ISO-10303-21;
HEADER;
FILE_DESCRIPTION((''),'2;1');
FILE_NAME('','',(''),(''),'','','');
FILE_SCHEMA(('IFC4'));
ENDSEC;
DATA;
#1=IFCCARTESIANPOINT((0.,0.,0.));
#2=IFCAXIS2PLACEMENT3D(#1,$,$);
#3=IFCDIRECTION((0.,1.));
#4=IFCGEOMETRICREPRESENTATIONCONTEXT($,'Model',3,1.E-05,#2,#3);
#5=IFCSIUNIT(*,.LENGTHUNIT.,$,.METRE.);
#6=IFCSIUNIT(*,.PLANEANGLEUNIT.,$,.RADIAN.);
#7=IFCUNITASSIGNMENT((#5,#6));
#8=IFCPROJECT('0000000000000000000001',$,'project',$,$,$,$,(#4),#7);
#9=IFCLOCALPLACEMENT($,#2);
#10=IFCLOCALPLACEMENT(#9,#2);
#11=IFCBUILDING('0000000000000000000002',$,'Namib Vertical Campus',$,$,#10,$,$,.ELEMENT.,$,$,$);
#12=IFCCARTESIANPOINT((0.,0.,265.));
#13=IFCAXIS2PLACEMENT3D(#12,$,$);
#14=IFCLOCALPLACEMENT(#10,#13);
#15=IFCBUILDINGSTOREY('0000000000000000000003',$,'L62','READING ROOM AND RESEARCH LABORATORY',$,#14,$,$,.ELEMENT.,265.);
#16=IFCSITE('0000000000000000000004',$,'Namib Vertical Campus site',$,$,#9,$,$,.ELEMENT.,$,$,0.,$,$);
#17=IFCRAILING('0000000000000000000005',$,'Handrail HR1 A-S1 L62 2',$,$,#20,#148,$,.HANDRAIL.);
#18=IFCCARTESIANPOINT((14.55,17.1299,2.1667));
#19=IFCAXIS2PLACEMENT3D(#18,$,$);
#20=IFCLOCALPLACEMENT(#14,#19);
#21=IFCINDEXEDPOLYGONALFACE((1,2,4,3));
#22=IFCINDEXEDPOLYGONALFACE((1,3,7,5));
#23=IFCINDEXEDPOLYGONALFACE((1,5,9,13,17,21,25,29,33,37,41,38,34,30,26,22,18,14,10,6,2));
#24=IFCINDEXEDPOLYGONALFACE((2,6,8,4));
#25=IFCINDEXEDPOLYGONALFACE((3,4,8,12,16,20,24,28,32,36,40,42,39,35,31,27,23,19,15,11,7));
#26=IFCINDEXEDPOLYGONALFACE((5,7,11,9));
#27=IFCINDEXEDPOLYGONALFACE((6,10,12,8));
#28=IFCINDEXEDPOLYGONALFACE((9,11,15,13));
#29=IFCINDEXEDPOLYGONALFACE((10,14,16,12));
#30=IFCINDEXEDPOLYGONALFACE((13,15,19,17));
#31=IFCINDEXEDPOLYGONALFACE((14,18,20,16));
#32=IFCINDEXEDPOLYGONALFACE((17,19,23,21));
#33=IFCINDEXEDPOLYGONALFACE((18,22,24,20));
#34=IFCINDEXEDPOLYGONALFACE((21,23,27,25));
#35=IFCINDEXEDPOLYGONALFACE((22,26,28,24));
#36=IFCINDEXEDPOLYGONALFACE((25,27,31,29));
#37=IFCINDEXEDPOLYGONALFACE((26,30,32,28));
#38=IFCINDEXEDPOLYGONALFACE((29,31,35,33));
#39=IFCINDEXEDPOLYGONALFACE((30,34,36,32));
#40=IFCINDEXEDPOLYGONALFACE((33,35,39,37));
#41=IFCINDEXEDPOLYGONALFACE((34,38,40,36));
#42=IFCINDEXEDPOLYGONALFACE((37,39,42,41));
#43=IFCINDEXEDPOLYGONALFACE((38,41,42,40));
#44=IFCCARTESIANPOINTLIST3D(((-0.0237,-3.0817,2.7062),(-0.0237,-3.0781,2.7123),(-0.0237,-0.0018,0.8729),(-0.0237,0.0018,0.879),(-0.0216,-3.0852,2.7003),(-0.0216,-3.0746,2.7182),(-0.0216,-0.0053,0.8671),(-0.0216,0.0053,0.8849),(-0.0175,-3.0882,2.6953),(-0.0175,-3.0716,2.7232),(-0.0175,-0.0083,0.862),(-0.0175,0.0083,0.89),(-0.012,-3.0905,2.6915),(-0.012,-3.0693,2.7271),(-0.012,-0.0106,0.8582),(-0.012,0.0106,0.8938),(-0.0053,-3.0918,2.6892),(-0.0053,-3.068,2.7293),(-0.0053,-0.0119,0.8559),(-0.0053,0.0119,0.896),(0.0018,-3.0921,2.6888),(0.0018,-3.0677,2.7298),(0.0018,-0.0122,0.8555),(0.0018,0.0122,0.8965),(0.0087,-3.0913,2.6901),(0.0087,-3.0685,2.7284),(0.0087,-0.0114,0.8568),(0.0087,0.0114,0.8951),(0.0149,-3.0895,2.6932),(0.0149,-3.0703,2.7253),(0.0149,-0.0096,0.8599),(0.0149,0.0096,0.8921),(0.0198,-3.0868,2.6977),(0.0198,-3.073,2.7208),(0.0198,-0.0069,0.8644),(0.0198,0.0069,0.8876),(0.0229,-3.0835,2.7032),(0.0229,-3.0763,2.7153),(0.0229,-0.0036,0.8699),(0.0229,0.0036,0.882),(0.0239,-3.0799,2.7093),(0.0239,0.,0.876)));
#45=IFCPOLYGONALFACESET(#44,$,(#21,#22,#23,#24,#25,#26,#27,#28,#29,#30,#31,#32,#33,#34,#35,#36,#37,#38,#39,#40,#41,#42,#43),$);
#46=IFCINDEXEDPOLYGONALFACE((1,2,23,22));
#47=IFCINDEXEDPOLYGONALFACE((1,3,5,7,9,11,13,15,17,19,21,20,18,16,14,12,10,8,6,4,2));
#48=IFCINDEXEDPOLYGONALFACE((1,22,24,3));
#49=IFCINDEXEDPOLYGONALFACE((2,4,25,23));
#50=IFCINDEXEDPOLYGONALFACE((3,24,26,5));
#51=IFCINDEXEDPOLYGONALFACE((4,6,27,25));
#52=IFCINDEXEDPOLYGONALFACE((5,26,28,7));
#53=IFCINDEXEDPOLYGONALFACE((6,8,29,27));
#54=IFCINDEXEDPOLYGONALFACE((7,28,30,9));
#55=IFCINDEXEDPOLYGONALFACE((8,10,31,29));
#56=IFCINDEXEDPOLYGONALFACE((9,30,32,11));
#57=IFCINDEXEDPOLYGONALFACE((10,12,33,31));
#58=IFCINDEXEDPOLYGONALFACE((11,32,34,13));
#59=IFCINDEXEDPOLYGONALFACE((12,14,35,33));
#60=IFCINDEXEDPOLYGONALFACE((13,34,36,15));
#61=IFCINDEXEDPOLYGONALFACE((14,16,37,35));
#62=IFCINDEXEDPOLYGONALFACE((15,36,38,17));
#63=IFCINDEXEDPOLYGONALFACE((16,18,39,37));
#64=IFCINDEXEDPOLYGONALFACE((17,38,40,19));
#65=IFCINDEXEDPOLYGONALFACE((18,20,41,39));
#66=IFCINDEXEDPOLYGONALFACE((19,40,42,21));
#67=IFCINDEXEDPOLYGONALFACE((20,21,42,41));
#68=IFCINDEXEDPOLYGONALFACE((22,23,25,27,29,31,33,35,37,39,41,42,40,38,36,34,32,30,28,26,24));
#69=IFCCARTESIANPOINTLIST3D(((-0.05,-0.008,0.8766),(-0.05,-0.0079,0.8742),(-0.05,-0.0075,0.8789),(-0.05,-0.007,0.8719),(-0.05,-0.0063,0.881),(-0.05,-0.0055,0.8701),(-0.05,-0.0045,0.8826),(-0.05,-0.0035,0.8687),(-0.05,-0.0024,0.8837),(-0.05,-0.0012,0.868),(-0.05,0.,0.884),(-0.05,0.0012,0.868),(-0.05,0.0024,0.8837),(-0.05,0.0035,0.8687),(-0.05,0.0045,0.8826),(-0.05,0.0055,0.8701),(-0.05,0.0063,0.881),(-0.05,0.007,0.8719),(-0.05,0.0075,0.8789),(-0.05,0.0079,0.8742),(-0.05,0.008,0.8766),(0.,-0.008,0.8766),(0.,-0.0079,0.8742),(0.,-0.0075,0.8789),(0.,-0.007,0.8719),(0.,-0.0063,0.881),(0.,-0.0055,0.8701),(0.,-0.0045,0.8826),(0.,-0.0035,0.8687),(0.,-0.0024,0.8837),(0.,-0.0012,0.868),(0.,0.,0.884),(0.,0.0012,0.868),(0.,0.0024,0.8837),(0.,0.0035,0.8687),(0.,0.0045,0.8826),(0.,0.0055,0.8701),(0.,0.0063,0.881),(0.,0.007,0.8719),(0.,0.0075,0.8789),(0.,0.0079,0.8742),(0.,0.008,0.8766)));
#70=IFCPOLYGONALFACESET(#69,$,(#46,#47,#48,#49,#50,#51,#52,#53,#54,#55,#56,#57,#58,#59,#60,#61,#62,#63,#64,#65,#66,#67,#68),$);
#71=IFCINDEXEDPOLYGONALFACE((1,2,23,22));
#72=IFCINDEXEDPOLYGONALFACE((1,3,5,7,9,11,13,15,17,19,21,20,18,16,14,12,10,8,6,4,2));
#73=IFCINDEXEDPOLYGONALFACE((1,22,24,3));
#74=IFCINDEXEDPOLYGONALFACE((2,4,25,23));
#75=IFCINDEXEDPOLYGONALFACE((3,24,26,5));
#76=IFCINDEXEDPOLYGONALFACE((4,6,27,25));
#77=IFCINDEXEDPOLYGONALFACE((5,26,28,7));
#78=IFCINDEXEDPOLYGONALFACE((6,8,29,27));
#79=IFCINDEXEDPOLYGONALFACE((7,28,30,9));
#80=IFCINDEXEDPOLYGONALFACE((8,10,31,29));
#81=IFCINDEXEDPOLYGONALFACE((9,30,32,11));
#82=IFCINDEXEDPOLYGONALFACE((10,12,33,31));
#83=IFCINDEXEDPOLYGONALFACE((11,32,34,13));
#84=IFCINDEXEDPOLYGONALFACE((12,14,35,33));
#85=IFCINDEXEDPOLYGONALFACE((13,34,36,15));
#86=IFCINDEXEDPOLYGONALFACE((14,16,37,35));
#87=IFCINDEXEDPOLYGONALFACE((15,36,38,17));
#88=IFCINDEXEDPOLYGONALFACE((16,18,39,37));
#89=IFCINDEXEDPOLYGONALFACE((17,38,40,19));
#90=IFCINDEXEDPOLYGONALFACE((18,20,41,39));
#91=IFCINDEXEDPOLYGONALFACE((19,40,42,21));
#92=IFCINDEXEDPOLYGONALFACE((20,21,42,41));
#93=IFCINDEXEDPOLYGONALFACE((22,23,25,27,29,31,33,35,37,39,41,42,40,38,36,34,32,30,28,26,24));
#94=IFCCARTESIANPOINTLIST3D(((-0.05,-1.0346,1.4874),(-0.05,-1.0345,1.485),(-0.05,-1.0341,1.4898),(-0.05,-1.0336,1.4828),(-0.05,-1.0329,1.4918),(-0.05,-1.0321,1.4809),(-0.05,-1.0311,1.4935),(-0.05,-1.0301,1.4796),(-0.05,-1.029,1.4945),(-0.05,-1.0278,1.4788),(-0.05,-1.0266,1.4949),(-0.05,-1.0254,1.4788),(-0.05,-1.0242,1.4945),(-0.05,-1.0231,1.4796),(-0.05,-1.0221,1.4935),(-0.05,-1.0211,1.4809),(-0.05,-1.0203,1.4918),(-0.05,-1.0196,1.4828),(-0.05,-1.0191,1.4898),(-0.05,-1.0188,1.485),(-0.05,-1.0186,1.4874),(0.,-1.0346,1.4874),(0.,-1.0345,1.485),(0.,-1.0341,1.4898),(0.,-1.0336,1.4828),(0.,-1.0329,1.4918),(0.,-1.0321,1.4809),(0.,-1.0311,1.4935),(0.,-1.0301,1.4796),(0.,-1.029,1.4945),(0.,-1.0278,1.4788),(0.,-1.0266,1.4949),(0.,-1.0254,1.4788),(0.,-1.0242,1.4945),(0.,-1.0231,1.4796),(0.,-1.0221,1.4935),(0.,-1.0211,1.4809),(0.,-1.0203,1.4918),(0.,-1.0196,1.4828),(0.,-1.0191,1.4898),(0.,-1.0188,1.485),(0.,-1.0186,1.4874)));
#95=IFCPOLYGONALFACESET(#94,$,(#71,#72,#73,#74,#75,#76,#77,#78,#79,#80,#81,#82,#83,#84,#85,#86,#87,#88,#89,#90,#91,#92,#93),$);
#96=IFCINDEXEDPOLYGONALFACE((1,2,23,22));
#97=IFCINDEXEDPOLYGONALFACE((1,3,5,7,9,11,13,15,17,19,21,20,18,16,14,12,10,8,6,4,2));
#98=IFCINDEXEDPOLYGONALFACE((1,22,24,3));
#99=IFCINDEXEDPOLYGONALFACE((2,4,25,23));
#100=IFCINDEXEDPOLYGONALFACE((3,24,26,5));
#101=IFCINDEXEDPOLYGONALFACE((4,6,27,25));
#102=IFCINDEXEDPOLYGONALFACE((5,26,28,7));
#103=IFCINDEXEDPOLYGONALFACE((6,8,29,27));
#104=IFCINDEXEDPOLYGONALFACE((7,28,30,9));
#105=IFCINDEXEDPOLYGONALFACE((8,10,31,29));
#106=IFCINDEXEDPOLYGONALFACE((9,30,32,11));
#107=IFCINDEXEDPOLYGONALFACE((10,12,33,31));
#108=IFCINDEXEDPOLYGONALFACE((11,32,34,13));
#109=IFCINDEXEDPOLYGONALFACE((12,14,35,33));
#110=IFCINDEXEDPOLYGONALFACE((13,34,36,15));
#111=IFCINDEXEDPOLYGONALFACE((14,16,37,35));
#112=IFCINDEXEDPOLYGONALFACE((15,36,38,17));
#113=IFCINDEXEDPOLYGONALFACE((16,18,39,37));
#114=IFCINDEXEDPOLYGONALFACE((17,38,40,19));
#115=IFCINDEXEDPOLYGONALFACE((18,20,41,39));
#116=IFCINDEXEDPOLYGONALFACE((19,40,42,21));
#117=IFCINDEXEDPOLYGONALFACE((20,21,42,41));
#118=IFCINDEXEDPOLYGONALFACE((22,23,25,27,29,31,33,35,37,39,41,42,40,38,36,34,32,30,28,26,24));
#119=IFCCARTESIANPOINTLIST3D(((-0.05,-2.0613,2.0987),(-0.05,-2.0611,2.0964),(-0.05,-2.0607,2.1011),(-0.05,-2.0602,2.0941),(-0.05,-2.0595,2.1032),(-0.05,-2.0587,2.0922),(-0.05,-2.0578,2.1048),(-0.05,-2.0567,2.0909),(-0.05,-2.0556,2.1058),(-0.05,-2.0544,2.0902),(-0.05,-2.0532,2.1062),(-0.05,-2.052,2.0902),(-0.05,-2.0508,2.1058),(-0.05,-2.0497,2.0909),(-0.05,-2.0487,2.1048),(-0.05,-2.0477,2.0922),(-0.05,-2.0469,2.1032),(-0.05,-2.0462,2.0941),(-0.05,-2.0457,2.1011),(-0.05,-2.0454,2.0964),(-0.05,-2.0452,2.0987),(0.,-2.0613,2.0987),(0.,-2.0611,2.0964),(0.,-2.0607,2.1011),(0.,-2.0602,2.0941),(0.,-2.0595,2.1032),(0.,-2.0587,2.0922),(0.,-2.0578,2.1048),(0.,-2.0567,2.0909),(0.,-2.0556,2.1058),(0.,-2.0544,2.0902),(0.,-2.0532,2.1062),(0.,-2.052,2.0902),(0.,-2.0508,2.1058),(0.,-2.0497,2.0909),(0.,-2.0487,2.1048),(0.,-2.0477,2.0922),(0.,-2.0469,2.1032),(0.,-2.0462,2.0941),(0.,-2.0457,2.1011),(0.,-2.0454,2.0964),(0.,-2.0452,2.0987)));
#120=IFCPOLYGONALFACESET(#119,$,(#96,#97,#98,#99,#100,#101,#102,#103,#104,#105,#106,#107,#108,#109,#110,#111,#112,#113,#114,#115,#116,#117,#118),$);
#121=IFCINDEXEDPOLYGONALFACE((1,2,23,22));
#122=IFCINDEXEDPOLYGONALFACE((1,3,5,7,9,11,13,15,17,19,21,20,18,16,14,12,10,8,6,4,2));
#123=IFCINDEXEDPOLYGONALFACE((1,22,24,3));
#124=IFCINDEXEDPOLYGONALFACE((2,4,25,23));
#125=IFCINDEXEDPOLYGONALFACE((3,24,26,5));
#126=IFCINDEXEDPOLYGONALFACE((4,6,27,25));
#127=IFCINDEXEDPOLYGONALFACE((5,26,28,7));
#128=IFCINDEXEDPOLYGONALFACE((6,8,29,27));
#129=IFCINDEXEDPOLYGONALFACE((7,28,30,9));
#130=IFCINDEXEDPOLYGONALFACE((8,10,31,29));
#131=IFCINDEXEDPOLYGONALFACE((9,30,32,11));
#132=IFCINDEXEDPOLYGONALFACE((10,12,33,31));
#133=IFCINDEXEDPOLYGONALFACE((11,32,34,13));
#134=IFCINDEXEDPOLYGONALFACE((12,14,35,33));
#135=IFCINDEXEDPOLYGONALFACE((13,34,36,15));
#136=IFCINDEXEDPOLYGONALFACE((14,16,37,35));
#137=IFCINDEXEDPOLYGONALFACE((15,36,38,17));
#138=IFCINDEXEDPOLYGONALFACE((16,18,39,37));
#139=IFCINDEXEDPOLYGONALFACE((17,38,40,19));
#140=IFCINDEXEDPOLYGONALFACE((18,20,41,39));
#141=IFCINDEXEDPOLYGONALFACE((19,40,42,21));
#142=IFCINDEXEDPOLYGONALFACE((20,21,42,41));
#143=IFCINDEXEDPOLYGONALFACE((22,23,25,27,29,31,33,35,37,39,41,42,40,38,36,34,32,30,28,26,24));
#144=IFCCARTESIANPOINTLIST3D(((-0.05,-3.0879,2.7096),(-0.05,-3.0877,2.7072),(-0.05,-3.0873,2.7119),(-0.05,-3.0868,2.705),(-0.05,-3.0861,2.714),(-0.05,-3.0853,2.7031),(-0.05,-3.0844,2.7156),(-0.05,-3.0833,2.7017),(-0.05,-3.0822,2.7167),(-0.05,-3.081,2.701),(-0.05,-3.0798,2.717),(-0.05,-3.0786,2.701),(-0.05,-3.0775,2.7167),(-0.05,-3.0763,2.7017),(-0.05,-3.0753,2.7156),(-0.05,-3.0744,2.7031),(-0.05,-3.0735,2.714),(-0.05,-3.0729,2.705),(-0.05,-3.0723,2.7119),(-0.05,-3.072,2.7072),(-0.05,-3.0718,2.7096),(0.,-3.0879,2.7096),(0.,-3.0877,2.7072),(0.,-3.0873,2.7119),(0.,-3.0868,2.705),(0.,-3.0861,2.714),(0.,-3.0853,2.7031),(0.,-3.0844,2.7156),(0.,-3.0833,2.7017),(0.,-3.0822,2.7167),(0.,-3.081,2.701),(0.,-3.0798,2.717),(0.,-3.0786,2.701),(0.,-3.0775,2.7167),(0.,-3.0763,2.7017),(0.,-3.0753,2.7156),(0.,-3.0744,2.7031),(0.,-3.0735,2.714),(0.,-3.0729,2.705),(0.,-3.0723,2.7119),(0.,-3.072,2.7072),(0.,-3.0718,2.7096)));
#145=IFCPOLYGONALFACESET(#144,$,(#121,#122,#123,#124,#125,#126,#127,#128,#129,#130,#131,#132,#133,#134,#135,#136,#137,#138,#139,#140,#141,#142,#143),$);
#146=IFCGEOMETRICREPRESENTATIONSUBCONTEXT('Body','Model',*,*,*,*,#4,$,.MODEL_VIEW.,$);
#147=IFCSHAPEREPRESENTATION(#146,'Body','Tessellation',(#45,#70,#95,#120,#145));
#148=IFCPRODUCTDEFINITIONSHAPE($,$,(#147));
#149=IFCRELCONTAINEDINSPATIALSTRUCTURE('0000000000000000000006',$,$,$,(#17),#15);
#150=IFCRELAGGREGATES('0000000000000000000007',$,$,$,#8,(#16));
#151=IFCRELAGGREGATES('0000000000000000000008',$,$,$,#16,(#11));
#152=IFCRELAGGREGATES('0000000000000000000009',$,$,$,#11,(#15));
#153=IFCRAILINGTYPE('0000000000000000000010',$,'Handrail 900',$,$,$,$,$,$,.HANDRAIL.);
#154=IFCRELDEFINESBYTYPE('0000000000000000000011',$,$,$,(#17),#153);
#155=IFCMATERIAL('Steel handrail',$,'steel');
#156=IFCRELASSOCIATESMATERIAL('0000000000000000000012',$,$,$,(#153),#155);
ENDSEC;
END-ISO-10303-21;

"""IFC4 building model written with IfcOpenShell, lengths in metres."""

from ifc_helpers import new_model, si_unit, direction, frame, origin, origin_2d, place, context, subcontext, project, spatial, circle, extrude, material, type_object, element, save


model = new_model("IFC4")

# Units and contexts
model_context = context("Model", 3, precision=1e-05, world=origin(), true_north=direction((0.0, 1.0)))
body_context = subcontext(model_context, "Body", "Model", "MODEL_VIEW")
ifc_project = project(units=[si_unit("LENGTHUNIT", "METRE"), si_unit("PLANEANGLEUNIT", "RADIAN")], contexts=[model_context])

# Site, building, storey
site_placement = place(None, origin())
site = spatial("IfcSite", under=ifc_project, at=site_placement, Name="Namib Vertical Campus site", CompositionType="ELEMENT", RefElevation=0.0)
building_placement = place(site_placement, origin())
building = spatial("IfcBuilding", under=site, at=building_placement, Name="Namib Vertical Campus", CompositionType="ELEMENT")
storey_placement = place(building_placement, frame((0.0, 0.0, 265.0)))
storey = spatial("IfcBuildingStorey", under=building, at=storey_placement, Name="L62", Description="READING ROOM AND RESEARCH LABORATORY", CompositionType="ELEMENT", Elevation=265.0)

# Railing
ifc_material_1 = material(Name="Steel handrail", Category="steel")
railing_type = type_object("IfcRailingType", Name="Handrail 900", PredefinedType="HANDRAIL", material=ifc_material_1)
railing_placement = place(storey_placement, frame((14.55, 17.1299, 2.1667)))
element("IfcRailing", 1, at=railing_placement, inside=storey, type_object=railing_type, Name="Handrail HR1 A-S1 L62 2", PredefinedType="HANDRAIL", context=body_context, shape_type="SweptSolid", body=[
    extrude(circle(Radius=0.0239, at=origin_2d()), frame((0.0, 0.0, 0.876), z_axis=(0.0, -0.859291, 0.511487), x_axis=(1.0, 0.0, 0.0)), (0.0, 0.0, 1.0), 3.5842),
    extrude(circle(Radius=0.0081, at=origin_2d()), frame((0.0, 0.0, 0.876), z_axis=(-1.0, 0.0, 0.0), x_axis=(0.0, 0.0, 1.0)), (0.0, 0.0, 1.0), 0.05),
    extrude(circle(Radius=0.0081, at=origin_2d()), frame((0.0, -1.0266, 1.4868), z_axis=(-1.0, 0.0, 0.0), x_axis=(0.0, 0.0, 1.0)), (0.0, 0.0, 1.0), 0.05),
    extrude(circle(Radius=0.0081, at=origin_2d()), frame((0.0, -2.0532, 2.0981), z_axis=(-1.0, 0.0, 0.0), x_axis=(0.0, 0.0, 1.0)), (0.0, 0.0, 1.0), 0.05),
    extrude(circle(Radius=0.0081, at=origin_2d()), frame((0.0, -3.0798, 2.709), z_axis=(-1.0, 0.0, 0.0), x_axis=(0.0, 0.0, 1.0)), (0.0, 0.0, 1.0), 0.05),
])

save(model, "model.ifc")
